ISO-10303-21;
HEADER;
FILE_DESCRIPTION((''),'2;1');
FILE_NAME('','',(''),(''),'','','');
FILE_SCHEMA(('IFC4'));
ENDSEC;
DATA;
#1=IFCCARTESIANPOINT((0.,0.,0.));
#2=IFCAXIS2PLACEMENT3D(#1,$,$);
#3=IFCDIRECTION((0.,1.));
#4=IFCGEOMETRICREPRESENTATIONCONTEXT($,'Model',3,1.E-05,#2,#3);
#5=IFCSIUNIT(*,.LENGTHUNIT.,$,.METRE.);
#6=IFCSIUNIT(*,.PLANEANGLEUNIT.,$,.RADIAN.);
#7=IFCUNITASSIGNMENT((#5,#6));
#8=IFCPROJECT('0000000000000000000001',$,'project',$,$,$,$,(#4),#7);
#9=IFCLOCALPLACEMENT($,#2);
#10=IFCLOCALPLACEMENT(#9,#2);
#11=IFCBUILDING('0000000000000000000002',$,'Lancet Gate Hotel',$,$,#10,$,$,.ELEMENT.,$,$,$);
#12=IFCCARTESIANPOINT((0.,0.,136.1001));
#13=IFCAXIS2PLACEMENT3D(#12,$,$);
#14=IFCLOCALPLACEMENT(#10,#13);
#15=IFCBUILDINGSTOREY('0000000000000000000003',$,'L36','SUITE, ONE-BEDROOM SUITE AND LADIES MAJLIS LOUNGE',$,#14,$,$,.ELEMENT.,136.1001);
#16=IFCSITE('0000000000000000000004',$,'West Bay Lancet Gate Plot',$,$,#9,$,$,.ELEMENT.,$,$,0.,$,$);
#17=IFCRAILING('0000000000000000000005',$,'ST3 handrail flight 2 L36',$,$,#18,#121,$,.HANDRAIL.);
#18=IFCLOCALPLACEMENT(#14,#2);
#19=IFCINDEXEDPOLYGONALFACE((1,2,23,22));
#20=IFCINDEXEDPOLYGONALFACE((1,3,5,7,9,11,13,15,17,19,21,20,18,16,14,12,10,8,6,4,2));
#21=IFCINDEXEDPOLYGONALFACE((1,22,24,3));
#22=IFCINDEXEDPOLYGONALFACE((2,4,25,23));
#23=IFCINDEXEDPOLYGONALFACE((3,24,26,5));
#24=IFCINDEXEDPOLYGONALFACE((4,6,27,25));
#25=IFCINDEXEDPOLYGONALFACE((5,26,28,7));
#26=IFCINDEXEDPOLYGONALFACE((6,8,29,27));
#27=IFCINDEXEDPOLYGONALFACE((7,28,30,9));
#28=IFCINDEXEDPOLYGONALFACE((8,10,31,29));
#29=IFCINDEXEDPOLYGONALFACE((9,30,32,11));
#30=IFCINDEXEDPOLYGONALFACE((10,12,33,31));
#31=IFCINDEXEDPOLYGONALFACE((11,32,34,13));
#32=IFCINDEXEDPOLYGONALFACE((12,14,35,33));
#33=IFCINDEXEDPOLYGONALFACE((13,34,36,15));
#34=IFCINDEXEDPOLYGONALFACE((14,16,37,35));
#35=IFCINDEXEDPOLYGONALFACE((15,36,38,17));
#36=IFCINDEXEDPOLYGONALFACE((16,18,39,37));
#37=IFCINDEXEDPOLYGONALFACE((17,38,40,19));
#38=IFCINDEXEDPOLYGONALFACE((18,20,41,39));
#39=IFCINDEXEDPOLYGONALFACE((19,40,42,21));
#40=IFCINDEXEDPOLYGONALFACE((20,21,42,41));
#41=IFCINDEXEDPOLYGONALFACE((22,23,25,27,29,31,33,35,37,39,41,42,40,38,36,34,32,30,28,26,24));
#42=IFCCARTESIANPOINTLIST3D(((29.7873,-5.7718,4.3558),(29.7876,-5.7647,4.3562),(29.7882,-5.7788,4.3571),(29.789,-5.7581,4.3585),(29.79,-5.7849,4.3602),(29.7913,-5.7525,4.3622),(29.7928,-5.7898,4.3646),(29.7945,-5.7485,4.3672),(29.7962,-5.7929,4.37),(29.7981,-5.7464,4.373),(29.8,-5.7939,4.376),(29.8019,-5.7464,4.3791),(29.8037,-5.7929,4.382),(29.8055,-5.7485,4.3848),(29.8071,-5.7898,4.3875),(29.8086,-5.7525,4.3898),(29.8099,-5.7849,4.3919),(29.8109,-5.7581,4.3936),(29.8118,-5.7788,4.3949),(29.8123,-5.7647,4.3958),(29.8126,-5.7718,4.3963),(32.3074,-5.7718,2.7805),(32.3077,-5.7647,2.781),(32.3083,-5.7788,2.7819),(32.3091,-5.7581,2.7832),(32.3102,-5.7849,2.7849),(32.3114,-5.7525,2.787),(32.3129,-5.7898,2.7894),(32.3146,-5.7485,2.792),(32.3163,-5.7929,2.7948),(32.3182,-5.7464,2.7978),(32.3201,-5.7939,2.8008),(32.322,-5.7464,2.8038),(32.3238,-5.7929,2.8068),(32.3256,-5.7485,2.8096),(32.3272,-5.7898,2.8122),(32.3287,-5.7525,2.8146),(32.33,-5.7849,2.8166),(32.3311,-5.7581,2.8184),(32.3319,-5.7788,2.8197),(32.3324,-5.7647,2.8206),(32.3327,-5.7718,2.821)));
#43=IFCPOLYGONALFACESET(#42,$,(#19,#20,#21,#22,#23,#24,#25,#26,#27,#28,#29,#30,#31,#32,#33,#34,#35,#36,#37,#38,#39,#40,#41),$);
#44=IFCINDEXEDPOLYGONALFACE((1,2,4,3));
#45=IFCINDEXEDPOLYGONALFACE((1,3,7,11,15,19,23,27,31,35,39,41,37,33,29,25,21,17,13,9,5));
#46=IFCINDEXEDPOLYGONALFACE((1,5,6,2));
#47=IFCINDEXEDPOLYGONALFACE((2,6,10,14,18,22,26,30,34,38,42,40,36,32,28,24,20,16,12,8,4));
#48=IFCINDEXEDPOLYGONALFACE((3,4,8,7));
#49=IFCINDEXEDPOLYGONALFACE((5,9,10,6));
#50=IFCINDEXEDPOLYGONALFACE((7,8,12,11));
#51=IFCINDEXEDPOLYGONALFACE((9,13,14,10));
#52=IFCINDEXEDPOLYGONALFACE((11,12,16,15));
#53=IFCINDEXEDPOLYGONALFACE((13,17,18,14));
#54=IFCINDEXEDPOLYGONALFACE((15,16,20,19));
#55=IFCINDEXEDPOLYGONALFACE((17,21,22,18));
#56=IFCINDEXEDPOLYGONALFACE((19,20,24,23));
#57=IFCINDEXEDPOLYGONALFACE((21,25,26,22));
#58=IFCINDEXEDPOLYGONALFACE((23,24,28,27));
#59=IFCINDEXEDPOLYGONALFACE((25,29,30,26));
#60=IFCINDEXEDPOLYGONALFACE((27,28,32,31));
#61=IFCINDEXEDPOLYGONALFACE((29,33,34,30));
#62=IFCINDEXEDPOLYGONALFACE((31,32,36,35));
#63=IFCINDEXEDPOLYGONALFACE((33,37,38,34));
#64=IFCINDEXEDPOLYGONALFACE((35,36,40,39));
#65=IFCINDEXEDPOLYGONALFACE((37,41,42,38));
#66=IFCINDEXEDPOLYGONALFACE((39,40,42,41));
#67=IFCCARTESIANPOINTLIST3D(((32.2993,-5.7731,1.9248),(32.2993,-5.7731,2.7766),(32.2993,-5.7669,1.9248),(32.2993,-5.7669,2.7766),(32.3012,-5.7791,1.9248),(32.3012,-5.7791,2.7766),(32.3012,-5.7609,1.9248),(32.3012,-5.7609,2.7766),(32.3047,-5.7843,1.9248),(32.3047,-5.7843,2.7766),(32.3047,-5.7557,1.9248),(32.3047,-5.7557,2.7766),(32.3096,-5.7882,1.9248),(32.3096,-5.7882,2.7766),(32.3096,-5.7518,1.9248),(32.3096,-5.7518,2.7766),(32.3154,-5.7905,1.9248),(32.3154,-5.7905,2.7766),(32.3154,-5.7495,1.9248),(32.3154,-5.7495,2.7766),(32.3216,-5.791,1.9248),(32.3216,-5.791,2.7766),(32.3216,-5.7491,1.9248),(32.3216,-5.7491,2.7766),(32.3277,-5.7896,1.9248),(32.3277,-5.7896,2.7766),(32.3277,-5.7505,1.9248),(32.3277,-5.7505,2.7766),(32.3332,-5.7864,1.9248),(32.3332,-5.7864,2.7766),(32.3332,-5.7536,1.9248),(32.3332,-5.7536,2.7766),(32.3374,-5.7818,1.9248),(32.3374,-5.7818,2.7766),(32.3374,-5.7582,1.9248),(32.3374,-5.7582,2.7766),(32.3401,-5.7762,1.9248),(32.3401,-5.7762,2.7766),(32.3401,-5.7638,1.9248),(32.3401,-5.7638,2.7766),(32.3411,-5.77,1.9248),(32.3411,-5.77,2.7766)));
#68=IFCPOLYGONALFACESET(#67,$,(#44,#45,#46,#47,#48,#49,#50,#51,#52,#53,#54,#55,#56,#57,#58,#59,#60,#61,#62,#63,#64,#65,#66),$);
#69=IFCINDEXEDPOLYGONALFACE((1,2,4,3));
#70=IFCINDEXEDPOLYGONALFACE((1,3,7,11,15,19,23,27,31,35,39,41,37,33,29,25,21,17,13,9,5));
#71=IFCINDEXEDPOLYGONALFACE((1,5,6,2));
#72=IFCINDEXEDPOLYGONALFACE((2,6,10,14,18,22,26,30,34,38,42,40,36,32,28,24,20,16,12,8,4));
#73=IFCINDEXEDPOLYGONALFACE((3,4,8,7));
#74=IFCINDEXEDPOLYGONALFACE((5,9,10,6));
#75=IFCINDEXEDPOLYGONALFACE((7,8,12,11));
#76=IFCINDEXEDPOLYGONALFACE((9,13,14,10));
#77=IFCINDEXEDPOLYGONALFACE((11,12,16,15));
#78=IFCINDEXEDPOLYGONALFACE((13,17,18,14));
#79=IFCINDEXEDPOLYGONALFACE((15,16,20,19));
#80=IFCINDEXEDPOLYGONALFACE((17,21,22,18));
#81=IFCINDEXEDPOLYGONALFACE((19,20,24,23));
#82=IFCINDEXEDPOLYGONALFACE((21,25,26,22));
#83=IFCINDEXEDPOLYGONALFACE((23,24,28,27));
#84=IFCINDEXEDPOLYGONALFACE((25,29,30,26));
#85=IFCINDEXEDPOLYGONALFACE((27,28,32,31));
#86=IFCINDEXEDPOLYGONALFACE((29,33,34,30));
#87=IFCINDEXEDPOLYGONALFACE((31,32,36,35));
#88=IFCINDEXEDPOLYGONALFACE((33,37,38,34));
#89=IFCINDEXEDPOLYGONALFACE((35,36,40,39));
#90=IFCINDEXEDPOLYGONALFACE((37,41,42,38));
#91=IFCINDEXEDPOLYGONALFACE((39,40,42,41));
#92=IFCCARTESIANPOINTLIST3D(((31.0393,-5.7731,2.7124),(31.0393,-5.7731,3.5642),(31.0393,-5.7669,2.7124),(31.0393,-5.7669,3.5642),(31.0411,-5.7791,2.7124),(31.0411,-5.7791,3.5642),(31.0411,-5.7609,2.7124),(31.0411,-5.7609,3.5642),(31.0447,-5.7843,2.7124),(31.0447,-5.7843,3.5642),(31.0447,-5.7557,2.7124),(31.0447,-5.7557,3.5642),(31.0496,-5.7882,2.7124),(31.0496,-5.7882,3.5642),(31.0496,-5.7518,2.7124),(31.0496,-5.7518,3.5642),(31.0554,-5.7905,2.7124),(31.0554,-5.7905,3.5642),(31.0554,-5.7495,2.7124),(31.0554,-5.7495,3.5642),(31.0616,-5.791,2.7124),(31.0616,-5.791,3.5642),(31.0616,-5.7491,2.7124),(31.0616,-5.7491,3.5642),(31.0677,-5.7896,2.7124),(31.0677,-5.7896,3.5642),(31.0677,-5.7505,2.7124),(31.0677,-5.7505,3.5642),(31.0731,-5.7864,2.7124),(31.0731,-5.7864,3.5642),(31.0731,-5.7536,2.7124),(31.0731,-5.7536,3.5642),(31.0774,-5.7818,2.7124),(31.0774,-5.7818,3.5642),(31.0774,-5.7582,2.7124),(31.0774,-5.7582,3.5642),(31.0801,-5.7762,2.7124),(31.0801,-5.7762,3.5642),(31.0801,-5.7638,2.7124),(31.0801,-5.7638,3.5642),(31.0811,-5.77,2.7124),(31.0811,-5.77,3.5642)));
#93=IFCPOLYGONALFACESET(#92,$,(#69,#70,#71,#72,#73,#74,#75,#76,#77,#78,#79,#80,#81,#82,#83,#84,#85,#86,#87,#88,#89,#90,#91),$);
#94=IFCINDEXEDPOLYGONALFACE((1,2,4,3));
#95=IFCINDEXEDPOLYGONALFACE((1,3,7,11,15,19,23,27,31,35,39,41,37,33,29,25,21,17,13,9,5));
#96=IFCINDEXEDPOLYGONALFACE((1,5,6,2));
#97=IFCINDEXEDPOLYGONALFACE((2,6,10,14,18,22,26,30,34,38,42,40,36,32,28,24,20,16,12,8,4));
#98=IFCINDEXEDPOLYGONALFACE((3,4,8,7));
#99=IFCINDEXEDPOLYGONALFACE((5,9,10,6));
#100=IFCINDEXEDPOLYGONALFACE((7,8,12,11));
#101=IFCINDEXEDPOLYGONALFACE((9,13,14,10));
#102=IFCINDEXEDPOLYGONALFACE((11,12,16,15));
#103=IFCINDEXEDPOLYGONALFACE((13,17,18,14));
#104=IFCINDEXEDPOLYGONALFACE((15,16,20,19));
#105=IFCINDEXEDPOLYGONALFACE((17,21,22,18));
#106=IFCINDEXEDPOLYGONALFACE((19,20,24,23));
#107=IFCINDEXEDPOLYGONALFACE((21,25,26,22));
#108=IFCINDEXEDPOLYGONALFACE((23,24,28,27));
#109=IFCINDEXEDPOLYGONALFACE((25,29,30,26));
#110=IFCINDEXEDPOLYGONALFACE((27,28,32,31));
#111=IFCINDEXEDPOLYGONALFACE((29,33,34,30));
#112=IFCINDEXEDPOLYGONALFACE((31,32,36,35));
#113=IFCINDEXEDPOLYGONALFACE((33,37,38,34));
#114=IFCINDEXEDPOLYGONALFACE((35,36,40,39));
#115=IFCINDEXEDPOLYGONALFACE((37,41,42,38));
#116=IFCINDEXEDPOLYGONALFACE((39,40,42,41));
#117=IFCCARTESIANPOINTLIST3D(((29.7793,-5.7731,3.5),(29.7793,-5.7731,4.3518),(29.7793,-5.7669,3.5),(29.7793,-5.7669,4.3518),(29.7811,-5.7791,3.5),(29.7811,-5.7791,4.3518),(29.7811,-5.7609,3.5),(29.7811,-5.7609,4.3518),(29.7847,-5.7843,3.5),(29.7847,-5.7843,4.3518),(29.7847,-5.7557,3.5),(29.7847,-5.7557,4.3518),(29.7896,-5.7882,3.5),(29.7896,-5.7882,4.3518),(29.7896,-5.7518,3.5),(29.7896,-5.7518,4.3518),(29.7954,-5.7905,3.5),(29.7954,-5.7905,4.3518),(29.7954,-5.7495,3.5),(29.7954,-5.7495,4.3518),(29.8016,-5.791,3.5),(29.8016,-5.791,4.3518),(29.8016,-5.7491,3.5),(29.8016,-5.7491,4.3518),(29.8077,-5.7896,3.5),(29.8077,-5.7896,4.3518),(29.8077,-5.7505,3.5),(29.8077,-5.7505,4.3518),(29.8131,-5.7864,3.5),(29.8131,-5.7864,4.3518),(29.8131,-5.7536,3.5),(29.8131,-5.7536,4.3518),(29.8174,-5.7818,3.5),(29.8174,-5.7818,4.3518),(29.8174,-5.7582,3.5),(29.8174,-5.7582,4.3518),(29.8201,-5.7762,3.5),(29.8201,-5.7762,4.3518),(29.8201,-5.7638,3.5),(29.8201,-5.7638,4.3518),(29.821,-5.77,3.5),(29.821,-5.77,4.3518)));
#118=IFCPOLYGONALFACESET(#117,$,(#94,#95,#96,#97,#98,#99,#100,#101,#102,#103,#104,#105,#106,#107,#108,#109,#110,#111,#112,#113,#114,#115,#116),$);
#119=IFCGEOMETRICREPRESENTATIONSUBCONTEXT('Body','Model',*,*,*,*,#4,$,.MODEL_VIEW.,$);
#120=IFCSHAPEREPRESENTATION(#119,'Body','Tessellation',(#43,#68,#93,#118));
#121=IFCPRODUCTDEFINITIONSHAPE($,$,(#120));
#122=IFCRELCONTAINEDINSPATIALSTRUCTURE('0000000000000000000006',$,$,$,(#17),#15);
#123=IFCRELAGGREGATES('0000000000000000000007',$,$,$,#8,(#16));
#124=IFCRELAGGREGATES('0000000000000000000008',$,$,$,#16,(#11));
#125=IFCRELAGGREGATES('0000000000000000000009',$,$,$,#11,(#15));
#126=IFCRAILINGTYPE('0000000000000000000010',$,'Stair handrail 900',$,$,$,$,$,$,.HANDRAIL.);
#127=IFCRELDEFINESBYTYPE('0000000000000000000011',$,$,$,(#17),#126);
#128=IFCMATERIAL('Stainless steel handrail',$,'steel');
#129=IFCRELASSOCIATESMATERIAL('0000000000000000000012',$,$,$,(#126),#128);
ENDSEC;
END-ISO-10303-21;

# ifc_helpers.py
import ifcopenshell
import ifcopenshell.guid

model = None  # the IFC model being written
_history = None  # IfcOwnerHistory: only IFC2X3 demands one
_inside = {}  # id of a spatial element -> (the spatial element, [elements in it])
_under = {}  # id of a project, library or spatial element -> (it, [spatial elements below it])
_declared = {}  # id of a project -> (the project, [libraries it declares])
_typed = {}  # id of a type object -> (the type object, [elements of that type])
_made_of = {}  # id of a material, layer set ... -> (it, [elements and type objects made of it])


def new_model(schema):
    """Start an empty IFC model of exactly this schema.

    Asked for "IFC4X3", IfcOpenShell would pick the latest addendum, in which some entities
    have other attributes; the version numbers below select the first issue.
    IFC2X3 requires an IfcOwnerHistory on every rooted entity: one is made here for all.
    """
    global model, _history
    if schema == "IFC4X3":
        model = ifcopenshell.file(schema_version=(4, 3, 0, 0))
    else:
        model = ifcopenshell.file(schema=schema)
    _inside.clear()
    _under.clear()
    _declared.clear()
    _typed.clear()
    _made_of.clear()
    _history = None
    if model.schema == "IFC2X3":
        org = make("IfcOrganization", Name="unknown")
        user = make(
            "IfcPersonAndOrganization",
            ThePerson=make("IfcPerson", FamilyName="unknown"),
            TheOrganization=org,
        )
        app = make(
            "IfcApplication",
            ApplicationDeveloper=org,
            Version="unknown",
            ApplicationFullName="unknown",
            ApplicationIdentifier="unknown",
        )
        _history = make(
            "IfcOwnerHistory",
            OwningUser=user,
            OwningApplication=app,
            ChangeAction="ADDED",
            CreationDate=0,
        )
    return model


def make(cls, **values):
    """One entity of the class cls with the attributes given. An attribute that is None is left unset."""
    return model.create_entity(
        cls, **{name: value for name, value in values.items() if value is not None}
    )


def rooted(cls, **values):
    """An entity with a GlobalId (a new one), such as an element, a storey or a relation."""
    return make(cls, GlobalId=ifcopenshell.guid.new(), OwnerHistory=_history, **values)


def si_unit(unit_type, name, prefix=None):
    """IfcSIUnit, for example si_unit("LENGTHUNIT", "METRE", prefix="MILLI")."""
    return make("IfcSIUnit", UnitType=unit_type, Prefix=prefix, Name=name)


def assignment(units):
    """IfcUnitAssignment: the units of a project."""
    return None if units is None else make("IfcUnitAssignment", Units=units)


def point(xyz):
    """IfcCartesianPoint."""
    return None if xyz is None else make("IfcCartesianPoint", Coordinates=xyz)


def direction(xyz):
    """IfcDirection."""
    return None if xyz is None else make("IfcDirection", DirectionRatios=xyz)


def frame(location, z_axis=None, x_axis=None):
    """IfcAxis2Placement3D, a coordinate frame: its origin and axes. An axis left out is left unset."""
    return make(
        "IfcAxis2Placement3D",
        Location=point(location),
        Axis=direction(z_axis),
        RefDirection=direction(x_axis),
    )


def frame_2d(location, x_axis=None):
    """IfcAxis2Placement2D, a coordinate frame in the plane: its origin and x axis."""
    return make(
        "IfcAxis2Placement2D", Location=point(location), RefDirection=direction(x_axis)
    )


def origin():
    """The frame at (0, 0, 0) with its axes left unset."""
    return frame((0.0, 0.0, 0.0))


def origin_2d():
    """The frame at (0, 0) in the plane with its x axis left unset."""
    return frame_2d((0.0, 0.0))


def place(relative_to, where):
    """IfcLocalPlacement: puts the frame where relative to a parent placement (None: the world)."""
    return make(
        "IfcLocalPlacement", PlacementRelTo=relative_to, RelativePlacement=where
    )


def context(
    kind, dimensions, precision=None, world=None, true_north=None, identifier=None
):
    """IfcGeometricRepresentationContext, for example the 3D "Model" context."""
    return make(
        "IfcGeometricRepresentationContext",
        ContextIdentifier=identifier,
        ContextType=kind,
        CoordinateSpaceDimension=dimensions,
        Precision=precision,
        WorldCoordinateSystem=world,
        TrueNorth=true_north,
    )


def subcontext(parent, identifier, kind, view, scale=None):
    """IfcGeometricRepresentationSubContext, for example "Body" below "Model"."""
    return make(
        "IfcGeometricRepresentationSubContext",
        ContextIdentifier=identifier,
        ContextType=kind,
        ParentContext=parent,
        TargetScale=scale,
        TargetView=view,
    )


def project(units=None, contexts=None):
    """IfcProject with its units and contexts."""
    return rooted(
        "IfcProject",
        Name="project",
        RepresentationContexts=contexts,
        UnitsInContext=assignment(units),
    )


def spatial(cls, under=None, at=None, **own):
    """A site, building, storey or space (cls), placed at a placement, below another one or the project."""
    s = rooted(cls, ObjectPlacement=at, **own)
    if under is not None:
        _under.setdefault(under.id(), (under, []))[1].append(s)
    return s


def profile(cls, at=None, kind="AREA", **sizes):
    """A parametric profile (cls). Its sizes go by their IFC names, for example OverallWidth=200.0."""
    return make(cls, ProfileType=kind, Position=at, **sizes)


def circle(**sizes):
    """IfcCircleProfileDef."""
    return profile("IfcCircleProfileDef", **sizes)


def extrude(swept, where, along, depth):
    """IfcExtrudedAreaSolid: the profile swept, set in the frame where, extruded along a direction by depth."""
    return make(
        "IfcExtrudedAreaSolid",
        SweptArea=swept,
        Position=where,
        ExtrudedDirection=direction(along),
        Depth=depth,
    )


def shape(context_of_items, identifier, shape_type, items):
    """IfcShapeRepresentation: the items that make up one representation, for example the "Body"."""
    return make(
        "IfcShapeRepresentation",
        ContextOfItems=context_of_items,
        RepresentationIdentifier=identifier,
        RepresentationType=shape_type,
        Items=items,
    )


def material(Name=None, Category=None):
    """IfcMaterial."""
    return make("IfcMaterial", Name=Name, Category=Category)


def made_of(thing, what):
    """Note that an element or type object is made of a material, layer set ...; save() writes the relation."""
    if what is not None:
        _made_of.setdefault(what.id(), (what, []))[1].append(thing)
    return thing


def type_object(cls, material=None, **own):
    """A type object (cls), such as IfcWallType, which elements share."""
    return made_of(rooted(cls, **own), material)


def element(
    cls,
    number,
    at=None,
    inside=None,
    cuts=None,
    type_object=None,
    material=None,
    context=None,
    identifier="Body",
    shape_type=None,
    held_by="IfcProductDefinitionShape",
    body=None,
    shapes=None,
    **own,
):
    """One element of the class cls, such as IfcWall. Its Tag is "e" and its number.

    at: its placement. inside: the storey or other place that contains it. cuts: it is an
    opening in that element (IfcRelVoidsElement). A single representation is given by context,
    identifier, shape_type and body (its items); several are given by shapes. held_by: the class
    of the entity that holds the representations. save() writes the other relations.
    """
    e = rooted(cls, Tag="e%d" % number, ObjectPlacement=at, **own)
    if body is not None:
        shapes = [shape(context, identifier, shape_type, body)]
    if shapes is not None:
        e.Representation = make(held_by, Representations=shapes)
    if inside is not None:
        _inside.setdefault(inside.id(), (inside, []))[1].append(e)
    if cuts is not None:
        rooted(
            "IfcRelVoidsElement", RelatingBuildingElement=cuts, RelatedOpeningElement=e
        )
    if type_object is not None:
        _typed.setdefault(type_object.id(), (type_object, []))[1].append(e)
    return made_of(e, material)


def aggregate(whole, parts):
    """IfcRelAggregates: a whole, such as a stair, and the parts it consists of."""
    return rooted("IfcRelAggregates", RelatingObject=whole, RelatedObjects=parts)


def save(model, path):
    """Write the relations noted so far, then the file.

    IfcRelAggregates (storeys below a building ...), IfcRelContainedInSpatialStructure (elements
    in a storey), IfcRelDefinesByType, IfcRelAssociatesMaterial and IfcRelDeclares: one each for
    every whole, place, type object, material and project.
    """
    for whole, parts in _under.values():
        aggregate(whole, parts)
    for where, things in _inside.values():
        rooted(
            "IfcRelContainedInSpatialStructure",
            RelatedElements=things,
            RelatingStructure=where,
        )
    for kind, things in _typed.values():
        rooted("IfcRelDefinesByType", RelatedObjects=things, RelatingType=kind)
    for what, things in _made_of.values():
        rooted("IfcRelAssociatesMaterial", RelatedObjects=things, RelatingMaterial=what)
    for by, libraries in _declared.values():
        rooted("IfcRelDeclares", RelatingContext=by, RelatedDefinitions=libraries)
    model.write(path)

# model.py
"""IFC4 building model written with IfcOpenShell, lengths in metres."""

from ifc_helpers import new_model, si_unit, direction, frame, origin, origin_2d, place, context, subcontext, project, spatial, circle, extrude, material, type_object, element, save


model = new_model("IFC4")

# Units and contexts
model_context = context("Model", 3, precision=1e-05, world=origin(), true_north=direction((0.0, 1.0)))
body_context = subcontext(model_context, "Body", "Model", "MODEL_VIEW")
ifc_project = project(units=[si_unit("LENGTHUNIT", "METRE"), si_unit("PLANEANGLEUNIT", "RADIAN")], contexts=[model_context])

# Site, building, storey
site_placement = place(None, origin())
site = spatial("IfcSite", under=ifc_project, at=site_placement, Name="West Bay Lancet Gate Plot", CompositionType="ELEMENT", RefElevation=0.0)
building_placement = place(site_placement, origin())
building = spatial("IfcBuilding", under=site, at=building_placement, Name="Lancet Gate Hotel", CompositionType="ELEMENT")
storey_placement = place(building_placement, frame((0.0, 0.0, 136.1001)))
storey = spatial("IfcBuildingStorey", under=building, at=storey_placement, Name="L36", Description="SUITE, ONE-BEDROOM SUITE AND LADIES MAJLIS LOUNGE", CompositionType="ELEMENT", Elevation=136.1001)

# Railing
ifc_material_1 = material(Name="Stainless steel handrail", Category="steel")
railing_type = type_object("IfcRailingType", Name="Stair handrail 900", PredefinedType="HANDRAIL", material=ifc_material_1)
railing_1_placement = place(storey_placement, frame((32.3201, -5.77, 1.9248)))
element("IfcRailing", 1, at=railing_1_placement, inside=storey, type_object=railing_type, Name="ST3 handrail flight 2 L36", PredefinedType="HANDRAIL", context=body_context, shape_type="SweptSolid", body=[
    extrude(circle(Radius=0.0239, at=origin_2d()), frame((0.0, 0.0, 0.876), z_axis=(-0.847971, 0.0, 0.530043), x_axis=(0.0, -1.0, 0.0)), (0.0, 0.0, 1.0), 2.9719),
    extrude(circle(Radius=0.021, at=origin_2d()), origin(), (0.0, 0.0, 1.0), 0.8518),
    extrude(circle(Radius=0.021, at=origin_2d()), frame((-1.26, 0.0, 0.7876)), (0.0, 0.0, 1.0), 0.8518),
    extrude(circle(Radius=0.021, at=origin_2d()), frame((-2.52, 0.0, 1.5752)), (0.0, 0.0, 1.0), 0.8518),
])

save(model, "model.ifc")
